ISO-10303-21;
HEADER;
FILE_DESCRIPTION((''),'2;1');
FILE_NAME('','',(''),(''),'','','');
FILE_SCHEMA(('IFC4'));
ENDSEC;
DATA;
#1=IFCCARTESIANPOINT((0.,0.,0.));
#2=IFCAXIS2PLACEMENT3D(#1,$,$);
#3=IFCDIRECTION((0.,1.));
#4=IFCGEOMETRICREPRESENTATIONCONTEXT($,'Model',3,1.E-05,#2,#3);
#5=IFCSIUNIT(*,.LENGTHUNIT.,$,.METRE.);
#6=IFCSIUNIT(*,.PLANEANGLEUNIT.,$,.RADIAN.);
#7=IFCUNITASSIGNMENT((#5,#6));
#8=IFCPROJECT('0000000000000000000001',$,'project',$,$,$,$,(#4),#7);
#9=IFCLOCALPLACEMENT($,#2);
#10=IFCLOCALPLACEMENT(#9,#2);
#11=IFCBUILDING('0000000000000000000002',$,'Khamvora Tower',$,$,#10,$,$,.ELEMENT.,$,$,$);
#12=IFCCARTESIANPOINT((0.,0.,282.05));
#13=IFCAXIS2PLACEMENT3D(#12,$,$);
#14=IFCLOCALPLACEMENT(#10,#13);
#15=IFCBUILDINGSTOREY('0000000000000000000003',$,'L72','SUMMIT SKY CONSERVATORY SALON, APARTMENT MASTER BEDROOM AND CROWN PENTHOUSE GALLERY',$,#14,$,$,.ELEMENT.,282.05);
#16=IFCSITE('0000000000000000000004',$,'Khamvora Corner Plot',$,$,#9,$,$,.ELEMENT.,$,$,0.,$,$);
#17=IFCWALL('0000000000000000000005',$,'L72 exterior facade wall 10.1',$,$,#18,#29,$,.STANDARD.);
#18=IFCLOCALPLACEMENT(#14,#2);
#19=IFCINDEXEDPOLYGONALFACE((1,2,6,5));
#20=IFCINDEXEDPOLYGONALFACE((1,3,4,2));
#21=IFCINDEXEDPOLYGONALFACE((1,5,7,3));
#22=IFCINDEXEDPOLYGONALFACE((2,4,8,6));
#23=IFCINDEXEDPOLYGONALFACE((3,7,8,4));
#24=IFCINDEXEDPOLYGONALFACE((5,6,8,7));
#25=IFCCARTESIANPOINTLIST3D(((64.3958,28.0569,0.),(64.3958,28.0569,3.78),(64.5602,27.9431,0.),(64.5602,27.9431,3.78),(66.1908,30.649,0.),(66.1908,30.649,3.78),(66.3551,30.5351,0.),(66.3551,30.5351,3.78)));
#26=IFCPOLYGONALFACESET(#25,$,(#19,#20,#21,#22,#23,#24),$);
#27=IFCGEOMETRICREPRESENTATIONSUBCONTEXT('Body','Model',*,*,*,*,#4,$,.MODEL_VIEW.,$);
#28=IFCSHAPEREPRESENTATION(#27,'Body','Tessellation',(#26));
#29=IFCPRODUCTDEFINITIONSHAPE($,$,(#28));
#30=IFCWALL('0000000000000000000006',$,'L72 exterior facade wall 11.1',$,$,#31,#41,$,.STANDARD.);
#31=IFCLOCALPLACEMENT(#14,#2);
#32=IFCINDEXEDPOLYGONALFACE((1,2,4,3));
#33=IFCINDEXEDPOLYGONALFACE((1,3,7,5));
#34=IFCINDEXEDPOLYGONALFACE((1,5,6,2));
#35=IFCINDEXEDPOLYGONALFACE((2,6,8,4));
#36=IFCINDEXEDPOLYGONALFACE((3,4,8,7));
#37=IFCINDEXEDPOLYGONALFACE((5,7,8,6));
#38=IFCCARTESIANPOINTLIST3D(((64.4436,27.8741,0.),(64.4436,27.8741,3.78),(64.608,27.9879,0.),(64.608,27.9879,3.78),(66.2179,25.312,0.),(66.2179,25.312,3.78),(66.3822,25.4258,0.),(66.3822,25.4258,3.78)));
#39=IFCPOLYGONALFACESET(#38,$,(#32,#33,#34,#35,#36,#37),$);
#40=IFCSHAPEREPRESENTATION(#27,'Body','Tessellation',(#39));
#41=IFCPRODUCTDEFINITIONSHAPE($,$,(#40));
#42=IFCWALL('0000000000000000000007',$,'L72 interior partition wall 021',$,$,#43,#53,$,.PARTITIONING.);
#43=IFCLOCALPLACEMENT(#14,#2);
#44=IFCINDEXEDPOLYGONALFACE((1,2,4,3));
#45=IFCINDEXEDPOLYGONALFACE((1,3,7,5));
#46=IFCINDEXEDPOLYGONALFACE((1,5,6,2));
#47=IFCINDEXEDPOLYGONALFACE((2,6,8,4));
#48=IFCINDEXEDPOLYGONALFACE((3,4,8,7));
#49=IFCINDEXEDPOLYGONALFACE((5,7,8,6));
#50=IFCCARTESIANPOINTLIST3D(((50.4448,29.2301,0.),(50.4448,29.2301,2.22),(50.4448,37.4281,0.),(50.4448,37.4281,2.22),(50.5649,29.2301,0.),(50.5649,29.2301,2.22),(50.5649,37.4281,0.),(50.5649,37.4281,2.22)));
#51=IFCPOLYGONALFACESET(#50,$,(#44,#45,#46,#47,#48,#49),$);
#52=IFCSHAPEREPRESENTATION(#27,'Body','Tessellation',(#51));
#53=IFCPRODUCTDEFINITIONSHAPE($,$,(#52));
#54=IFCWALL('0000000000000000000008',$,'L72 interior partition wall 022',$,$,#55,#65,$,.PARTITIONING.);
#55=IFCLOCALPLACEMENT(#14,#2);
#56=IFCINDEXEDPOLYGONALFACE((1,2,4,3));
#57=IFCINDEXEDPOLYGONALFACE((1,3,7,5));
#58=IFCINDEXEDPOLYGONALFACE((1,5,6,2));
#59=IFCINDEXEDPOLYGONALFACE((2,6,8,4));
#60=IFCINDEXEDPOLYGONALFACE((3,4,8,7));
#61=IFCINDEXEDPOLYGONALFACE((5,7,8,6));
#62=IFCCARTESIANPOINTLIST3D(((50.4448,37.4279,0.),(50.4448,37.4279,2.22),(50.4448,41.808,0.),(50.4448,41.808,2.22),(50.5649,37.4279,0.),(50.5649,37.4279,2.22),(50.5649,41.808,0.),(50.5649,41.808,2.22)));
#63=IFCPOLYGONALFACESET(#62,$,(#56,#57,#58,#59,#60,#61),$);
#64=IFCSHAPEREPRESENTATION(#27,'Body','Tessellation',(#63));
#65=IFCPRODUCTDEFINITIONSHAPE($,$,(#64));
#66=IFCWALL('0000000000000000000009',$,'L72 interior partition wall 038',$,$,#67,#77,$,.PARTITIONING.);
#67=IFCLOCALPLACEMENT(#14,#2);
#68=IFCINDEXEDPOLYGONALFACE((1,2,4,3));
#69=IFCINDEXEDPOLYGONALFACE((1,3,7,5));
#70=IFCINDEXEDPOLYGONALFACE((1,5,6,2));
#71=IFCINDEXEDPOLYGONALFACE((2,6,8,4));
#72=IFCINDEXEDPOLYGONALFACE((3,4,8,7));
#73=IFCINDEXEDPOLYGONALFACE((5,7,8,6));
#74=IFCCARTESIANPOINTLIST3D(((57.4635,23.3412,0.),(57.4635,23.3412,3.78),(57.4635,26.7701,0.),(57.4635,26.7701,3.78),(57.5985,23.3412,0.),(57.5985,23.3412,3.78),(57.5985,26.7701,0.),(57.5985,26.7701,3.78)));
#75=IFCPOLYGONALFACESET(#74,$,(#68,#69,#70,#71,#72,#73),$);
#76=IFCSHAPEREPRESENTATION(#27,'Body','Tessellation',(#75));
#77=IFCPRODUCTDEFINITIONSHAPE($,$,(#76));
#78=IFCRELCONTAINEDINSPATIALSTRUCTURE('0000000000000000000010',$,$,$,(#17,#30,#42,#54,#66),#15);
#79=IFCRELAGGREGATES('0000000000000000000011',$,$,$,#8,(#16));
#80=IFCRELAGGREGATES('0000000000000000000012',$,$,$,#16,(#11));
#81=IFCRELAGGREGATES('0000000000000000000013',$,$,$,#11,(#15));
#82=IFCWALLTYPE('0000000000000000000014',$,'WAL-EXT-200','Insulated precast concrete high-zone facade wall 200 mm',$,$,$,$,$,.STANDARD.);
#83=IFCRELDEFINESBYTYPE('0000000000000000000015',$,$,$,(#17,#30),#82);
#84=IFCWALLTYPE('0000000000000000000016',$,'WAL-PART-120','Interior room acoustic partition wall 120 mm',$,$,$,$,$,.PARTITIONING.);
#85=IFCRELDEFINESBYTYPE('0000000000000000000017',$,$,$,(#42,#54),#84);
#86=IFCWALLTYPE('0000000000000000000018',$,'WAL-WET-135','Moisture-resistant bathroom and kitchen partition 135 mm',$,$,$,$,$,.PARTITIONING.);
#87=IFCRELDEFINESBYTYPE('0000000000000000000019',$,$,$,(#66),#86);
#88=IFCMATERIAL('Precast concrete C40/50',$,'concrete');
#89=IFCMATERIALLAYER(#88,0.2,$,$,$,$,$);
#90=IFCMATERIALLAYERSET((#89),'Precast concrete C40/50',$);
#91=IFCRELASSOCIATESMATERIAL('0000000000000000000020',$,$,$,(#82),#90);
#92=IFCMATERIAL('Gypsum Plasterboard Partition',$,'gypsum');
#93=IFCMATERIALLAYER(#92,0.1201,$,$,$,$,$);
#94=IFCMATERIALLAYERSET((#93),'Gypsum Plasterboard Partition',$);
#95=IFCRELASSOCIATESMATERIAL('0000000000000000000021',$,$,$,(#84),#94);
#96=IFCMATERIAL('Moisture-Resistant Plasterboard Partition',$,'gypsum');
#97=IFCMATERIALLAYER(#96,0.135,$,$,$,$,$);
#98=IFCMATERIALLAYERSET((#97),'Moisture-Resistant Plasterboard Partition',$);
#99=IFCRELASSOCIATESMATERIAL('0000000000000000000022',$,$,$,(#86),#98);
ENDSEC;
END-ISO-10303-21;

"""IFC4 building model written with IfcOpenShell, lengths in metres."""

from ifc_helpers import new_model, si_unit, direction, frame, frame_2d, origin, place, context, subcontext, project, spatial, rectangle, extrude, material, layer, layer_set, type_object, element, save


model = new_model("IFC4")

# Units and contexts
model_context = context("Model", 3, precision=1e-05, world=origin(), true_north=direction((0.0, 1.0)))
body_context = subcontext(model_context, "Body", "Model", "MODEL_VIEW")
ifc_project = project(units=[si_unit("LENGTHUNIT", "METRE"), si_unit("PLANEANGLEUNIT", "RADIAN")], contexts=[model_context])

# Site, building, storey
site_placement = place(None, origin())
site = spatial("IfcSite", under=ifc_project, at=site_placement, Name="Khamvora Corner Plot", CompositionType="ELEMENT", RefElevation=0.0)
building_placement = place(site_placement, origin())
building = spatial("IfcBuilding", under=site, at=building_placement, Name="Khamvora Tower", CompositionType="ELEMENT")
storey_placement = place(building_placement, frame((0.0, 0.0, 282.05)))
storey = spatial("IfcBuildingStorey", under=building, at=storey_placement, Name="L72", Description="SUMMIT SKY CONSERVATORY SALON, APARTMENT MASTER BEDROOM AND CROWN PENTHOUSE GALLERY", CompositionType="ELEMENT", Elevation=282.05)

# Walls
ifc_material_1 = material(Name="Precast concrete C40/50", Category="concrete")
ifc_layer_1 = layer(ifc_material_1, 0.2)
ifc_layer_set_1 = layer_set([ifc_layer_1], Name="Precast concrete C40/50")
wall_type_1 = type_object("IfcWallType", Name="WAL-EXT-200", Description="Insulated precast concrete high-zone facade wall 200 mm", PredefinedType="STANDARD", material=ifc_layer_set_1)
wall_1_placement = place(storey_placement, frame((66.2729, 30.592, 0.0), z_axis=(0.0, 0.0, 1.0), x_axis=(-0.569303, -0.822128, 0.0)))
element("IfcWall", 1, at=wall_1_placement, inside=storey, type_object=wall_type_1, Name="L72 exterior facade wall 10.1", PredefinedType="STANDARD", context=body_context, shape_type="SweptSolid", body=[
    extrude(rectangle(XDim=3.1528, YDim=0.2, at=frame_2d((1.5764, 0.0))), origin(), (0.0, 0.0, 1.0), 3.78),
])
wall_2_placement = place(storey_placement, frame((64.5259, 27.9309, 0.0), z_axis=(0.0, 0.0, 1.0), x_axis=(0.569312, -0.822122, 0.0)))
element("IfcWall", 2, at=wall_2_placement, inside=storey, type_object=wall_type_1, Name="L72 exterior facade wall 11.1", PredefinedType="STANDARD", context=body_context, shape_type="SweptSolid", body=[
    extrude(rectangle(XDim=3.1165, YDim=0.2, at=frame_2d((1.5581, 0.0))), origin(), (0.0, 0.0, 1.0), 3.78),
])
ifc_material_2 = material(Name="Gypsum Plasterboard Partition", Category="gypsum")
ifc_layer_2 = layer(ifc_material_2, 0.1201)
ifc_layer_set_2 = layer_set([ifc_layer_2], Name="Gypsum Plasterboard Partition")
wall_type_2 = type_object("IfcWallType", Name="WAL-PART-120", Description="Interior room acoustic partition wall 120 mm", PredefinedType="PARTITIONING", material=ifc_layer_set_2)
wall_3_placement = place(storey_placement, frame((50.5049, 29.23, 0.0), z_axis=(0.0, 0.0, 1.0), x_axis=(0.0, 1.0, 0.0)))
element("IfcWall", 3, at=wall_3_placement, inside=storey, type_object=wall_type_2, Name="L72 interior partition wall 021", PredefinedType="PARTITIONING", context=body_context, shape_type="SweptSolid", body=[
    extrude(rectangle(XDim=8.198, YDim=0.1201, at=frame_2d((4.0991, 0.0))), origin(), (0.0, 0.0, 1.0), 2.22),
])
wall_4_placement = place(storey_placement, frame((50.5049, 37.428, 0.0), z_axis=(0.0, 0.0, 1.0), x_axis=(0.0, 1.0, 0.0)))
element("IfcWall", 4, at=wall_4_placement, inside=storey, type_object=wall_type_2, Name="L72 interior partition wall 022", PredefinedType="PARTITIONING", context=body_context, shape_type="SweptSolid", body=[
    extrude(rectangle(XDim=4.3801, YDim=0.1201, at=frame_2d((2.1899, 0.0))), origin(), (0.0, 0.0, 1.0), 2.22),
])
ifc_material_3 = material(Name="Moisture-Resistant Plasterboard Partition", Category="gypsum")
ifc_layer_3 = layer(ifc_material_3, 0.135)
ifc_layer_set_3 = layer_set([ifc_layer_3], Name="Moisture-Resistant Plasterboard Partition")
wall_type_3 = type_object("IfcWallType", Name="WAL-WET-135", Description="Moisture-resistant bathroom and kitchen partition 135 mm", PredefinedType="PARTITIONING", material=ifc_layer_set_3)
wall_5_placement = place(storey_placement, frame((57.531, 26.77, 0.0), z_axis=(0.0, 0.0, 1.0), x_axis=(0.0, -1.0, 0.0)))
element("IfcWall", 5, at=wall_5_placement, inside=storey, type_object=wall_type_3, Name="L72 interior partition wall 038", PredefinedType="PARTITIONING", context=body_context, shape_type="SweptSolid", body=[
    extrude(rectangle(XDim=3.429, YDim=0.135, at=frame_2d((1.7144, 0.0))), origin(), (0.0, 0.0, 1.0), 3.78),
])

save(model, "model.ifc")
